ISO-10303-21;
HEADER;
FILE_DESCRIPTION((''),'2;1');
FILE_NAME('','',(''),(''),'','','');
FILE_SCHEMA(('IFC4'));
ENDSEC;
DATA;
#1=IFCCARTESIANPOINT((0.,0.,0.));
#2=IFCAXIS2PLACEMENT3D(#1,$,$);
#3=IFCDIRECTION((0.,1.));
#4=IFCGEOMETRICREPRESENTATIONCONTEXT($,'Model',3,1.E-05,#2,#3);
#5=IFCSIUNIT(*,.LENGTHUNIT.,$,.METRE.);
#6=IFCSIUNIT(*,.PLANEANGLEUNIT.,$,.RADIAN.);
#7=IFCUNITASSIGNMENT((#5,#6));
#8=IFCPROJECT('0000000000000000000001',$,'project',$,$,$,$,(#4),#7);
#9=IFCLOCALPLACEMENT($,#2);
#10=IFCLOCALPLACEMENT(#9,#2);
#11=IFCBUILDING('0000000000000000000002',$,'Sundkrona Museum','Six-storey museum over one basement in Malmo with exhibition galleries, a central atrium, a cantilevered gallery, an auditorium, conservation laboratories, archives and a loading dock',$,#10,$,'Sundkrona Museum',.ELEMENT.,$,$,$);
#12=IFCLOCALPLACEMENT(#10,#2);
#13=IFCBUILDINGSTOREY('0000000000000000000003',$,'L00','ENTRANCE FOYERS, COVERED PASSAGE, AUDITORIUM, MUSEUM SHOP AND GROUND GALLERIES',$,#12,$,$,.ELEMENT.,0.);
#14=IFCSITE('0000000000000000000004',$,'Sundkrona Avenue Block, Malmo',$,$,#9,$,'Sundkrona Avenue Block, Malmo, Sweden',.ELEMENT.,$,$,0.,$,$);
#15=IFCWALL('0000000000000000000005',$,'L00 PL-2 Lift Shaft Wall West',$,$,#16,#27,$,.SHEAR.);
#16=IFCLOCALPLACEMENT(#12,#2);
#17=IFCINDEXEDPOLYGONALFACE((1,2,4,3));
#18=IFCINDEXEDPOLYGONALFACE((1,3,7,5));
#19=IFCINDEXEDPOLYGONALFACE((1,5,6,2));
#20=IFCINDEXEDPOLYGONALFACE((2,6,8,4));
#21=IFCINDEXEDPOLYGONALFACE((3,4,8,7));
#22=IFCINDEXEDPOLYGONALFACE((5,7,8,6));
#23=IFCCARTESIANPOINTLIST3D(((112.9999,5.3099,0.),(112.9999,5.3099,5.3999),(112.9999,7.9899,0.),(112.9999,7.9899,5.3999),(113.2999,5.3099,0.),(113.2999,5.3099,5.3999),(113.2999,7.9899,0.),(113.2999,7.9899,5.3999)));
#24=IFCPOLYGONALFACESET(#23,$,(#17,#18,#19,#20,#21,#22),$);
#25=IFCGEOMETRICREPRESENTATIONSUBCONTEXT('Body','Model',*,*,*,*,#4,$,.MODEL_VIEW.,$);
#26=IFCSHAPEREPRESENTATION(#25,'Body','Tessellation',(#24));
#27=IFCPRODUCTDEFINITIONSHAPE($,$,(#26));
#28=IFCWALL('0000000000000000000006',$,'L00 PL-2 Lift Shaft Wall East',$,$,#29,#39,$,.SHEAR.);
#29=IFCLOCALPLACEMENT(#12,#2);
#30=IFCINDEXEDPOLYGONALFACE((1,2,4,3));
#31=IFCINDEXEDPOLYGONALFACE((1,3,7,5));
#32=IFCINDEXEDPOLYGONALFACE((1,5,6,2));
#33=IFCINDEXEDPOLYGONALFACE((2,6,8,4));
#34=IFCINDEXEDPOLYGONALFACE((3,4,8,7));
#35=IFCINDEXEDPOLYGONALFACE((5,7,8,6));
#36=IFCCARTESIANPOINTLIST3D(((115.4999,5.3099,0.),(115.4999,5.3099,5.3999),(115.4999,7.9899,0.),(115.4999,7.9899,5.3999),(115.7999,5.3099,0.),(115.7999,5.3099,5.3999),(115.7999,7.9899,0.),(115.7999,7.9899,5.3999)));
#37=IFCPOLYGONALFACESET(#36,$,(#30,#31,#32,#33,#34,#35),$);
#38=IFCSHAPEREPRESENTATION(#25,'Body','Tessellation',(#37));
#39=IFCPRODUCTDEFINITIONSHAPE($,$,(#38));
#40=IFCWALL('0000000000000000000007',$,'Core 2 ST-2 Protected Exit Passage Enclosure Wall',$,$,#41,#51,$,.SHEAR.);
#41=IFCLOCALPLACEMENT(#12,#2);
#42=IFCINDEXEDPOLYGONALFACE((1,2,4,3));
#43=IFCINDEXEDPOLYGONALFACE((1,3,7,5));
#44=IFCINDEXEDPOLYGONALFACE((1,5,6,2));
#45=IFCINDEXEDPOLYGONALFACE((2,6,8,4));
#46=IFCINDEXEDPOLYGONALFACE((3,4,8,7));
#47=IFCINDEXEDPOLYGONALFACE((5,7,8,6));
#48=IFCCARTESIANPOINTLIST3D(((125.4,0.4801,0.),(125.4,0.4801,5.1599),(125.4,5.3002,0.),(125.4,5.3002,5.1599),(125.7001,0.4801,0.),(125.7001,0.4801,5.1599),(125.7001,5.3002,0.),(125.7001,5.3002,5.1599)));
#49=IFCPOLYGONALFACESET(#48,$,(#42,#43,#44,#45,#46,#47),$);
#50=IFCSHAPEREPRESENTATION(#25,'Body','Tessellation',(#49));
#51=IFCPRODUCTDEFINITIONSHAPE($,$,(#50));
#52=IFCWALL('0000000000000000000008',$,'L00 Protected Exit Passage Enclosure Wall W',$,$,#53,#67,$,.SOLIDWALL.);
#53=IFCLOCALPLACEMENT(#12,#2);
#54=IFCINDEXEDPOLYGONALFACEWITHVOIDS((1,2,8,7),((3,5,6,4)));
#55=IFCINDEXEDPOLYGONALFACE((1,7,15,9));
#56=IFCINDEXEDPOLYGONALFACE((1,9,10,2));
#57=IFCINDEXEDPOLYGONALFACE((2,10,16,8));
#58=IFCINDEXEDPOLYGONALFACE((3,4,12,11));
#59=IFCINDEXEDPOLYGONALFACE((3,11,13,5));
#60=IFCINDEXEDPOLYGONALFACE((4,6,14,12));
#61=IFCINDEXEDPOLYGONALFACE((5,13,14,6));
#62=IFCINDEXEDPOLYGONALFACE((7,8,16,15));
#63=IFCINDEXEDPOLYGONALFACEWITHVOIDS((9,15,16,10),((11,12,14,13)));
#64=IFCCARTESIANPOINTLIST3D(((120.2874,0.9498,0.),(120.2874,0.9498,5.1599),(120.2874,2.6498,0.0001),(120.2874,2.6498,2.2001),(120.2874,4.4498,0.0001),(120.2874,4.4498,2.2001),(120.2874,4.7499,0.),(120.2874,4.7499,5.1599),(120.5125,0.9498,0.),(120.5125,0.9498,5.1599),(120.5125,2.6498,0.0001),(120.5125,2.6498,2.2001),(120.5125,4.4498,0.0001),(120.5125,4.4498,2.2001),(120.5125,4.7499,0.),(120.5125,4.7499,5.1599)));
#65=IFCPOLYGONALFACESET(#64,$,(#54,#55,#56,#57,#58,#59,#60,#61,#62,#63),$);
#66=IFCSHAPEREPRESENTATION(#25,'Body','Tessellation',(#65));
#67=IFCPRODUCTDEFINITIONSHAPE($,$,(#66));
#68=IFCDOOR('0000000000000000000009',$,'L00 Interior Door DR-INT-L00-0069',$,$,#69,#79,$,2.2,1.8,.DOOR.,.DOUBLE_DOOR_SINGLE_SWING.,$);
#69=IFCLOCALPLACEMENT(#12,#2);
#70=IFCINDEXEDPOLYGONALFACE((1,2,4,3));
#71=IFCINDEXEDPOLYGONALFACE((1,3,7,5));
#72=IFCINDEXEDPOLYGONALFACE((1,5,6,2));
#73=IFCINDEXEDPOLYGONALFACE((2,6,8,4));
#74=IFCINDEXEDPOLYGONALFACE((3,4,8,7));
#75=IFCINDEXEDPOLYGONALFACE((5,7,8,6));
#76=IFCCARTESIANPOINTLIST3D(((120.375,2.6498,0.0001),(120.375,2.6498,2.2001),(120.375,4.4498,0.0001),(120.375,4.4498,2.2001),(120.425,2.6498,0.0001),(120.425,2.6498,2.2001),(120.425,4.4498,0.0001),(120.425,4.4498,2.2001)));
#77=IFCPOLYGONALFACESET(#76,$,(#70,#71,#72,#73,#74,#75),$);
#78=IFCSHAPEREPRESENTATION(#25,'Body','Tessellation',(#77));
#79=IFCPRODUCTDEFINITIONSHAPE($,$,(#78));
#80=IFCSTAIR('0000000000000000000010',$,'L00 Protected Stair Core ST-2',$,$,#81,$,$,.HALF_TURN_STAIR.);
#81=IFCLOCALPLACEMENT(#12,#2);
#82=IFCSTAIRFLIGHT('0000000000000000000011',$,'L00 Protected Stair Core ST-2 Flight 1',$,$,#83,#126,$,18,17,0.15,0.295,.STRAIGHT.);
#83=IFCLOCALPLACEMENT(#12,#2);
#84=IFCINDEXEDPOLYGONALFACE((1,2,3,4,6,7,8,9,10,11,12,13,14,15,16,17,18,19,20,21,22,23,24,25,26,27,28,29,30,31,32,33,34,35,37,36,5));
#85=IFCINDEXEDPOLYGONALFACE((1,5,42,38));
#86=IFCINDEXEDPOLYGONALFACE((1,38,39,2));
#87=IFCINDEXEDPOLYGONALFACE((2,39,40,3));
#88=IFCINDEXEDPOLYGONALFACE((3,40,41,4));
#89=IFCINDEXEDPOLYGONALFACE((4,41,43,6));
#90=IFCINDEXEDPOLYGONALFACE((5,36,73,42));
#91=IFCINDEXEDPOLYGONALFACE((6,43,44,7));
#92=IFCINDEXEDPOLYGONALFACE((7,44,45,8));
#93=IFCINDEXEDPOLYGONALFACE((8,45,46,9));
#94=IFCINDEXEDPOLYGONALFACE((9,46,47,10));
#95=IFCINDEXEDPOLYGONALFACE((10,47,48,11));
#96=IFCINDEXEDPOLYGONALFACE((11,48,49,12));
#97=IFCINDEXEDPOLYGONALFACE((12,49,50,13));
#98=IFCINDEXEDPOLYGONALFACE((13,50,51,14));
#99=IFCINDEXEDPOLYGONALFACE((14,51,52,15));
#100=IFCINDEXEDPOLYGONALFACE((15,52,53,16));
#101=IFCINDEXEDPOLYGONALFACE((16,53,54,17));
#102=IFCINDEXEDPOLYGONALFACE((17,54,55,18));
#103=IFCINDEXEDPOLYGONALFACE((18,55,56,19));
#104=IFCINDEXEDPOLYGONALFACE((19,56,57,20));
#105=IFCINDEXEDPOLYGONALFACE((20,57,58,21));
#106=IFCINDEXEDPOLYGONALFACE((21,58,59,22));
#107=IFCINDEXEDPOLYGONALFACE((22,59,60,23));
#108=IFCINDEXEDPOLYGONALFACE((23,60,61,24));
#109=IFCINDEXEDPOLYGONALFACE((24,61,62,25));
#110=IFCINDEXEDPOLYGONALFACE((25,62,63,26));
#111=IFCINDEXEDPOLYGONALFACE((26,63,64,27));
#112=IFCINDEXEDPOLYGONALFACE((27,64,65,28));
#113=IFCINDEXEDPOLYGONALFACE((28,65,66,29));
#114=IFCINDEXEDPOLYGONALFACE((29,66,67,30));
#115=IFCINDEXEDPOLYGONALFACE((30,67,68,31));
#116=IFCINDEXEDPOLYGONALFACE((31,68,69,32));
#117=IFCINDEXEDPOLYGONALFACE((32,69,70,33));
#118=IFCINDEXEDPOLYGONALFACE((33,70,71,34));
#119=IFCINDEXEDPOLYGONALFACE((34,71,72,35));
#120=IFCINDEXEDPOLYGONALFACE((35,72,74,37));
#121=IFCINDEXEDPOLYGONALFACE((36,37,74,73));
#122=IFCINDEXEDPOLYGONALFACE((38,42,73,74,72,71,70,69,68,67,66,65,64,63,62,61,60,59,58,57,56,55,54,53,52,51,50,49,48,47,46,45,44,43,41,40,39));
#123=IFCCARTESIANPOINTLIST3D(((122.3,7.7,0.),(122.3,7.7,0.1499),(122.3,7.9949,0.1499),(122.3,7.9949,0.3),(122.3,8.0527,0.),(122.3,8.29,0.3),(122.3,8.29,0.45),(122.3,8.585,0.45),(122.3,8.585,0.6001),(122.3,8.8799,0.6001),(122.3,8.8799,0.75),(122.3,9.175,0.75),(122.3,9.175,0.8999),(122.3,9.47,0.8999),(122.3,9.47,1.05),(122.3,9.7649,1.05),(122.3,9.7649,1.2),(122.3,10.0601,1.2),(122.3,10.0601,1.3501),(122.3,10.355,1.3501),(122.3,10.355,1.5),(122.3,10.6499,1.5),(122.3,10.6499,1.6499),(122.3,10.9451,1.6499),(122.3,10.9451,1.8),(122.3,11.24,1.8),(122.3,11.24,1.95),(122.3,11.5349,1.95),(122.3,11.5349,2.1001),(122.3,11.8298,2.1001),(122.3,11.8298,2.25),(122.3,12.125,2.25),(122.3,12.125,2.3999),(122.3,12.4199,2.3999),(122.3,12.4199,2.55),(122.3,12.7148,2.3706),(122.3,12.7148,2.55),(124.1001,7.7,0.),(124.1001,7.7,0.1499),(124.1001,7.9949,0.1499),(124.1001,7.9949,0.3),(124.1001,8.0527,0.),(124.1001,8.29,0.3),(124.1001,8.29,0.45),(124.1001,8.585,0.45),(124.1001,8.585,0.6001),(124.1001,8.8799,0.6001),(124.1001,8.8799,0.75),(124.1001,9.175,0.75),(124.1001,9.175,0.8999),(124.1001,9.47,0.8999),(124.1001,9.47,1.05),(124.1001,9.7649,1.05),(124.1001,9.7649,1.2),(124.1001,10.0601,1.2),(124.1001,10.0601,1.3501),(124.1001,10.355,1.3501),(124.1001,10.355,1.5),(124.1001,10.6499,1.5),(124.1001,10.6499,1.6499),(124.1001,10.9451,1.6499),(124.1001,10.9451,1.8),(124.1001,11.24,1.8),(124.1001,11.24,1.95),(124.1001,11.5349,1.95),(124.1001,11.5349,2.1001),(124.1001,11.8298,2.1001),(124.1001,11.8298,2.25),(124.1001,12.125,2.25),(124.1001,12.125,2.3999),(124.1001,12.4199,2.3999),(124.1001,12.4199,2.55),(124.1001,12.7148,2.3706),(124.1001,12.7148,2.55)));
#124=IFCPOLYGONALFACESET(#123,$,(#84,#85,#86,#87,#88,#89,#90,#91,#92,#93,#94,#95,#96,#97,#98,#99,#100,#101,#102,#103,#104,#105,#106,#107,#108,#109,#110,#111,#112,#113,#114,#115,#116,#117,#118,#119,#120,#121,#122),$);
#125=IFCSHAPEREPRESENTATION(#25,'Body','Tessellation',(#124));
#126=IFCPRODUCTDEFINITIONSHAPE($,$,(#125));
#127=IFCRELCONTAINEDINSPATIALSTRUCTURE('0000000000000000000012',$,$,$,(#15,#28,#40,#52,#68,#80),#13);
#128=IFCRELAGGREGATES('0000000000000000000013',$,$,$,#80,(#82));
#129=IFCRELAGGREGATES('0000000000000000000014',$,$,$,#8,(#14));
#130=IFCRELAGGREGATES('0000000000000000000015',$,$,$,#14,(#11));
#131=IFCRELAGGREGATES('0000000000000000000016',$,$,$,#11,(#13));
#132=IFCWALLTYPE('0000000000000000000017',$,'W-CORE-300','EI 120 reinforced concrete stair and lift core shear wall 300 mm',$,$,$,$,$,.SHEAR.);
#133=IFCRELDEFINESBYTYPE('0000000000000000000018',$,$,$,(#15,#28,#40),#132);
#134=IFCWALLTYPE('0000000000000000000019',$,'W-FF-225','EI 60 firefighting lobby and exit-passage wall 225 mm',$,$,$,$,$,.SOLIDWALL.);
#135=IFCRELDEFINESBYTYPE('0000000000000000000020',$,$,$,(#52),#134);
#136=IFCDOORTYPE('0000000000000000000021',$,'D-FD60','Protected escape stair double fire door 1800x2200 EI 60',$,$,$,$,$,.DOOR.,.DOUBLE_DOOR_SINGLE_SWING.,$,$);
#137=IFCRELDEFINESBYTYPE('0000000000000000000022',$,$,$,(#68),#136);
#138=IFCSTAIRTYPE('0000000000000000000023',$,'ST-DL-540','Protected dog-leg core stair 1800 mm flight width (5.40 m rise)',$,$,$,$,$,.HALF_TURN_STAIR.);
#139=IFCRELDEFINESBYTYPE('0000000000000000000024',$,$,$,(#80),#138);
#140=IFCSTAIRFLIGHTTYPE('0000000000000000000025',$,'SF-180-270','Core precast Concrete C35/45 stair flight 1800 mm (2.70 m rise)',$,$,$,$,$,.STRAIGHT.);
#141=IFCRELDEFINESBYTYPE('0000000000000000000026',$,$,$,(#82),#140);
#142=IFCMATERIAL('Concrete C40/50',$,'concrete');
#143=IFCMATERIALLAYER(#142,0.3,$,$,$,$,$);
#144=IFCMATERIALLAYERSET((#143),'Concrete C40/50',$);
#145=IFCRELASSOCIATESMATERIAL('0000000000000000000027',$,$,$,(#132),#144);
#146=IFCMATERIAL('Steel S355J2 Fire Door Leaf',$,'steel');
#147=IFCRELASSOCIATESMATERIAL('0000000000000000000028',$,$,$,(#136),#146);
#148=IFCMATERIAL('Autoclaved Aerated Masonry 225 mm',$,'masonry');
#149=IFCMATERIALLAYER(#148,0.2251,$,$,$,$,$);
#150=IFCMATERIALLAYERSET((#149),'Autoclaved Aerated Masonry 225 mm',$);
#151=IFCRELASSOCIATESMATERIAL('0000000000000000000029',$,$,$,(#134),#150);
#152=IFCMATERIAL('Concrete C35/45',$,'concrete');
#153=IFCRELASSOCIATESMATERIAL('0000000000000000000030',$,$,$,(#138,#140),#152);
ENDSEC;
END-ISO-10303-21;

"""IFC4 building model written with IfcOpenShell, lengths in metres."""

from ifc_helpers import new_model, si_unit, direction, frame, frame_2d, origin, place, context, subcontext, project, spatial, polyline, rectangle, outline, extrude, material, layer, layer_set, type_object, element, fill, aggregate, save


model = new_model("IFC4")

# Units and contexts
model_context = context("Model", 3, precision=1e-05, world=origin(), true_north=direction((0.0, 1.0)))
body_context = subcontext(model_context, "Body", "Model", "MODEL_VIEW")
ifc_project = project(units=[si_unit("LENGTHUNIT", "METRE"), si_unit("PLANEANGLEUNIT", "RADIAN")], contexts=[model_context])

# Site, building, storey
site_placement = place(None, origin())
site = spatial("IfcSite", under=ifc_project, at=site_placement, Name="Sundkrona Avenue Block, Malmo", LongName="Sundkrona Avenue Block, Malmo, Sweden", CompositionType="ELEMENT", RefElevation=0.0)
building_placement = place(site_placement, origin())
building = spatial("IfcBuilding", under=site, at=building_placement, Name="Sundkrona Museum", Description="Six-storey museum over one basement in Malmo with exhibition galleries, a central atrium, a cantilevered gallery, an auditorium, conservation laboratories, archives and a loading dock", LongName="Sundkrona Museum", CompositionType="ELEMENT")
storey_placement = place(building_placement, origin())
storey = spatial("IfcBuildingStorey", under=building, at=storey_placement, Name="L00", Description="ENTRANCE FOYERS, COVERED PASSAGE, AUDITORIUM, MUSEUM SHOP AND GROUND GALLERIES", CompositionType="ELEMENT", Elevation=0.0)

# Shared definitions
ifc_material_1 = material(Name="Concrete C40/50", Category="concrete")
ifc_layer_1 = layer(ifc_material_1, 0.3)
ifc_layer_set_1 = layer_set([ifc_layer_1], Name="Concrete C40/50")
wall_type_1 = type_object("IfcWallType", Name="W-CORE-300", Description="EI 120 reinforced concrete stair and lift core shear wall 300 mm", PredefinedType="SHEAR", material=ifc_layer_set_1)
ifc_material_2 = material(Name="Steel S355J2 Fire Door Leaf", Category="steel")
door_type = type_object("IfcDoorType", Name="D-FD60", Description="Protected escape stair double fire door 1800x2200 EI 60", OperationType="DOUBLE_DOOR_SINGLE_SWING", PredefinedType="DOOR", material=ifc_material_2)

# Walls
for number, where, z_axis, x_axis, name in (
    (1, (113.1499, 5.3101, 0.0), (0.0, 0.0, 1.0), (0.0, 1.0, 0.0), "L00 PL-2 Lift Shaft Wall West"),
    (2, (115.6499, 5.3101, 0.0), (0.0, 0.0, 1.0), (0.0, 1.0, 0.0), "L00 PL-2 Lift Shaft Wall East"),
):
    element("IfcWall", number, at=place(storey_placement, frame(where, z_axis=z_axis, x_axis=x_axis)), inside=storey, type_object=wall_type_1, Name=name, PredefinedType="SHEAR", context=body_context, shape_type="SweptSolid", body=[
        extrude(rectangle(XDim=2.6799, YDim=0.3, at=frame_2d((1.3398, 0.0))), origin(), (0.0, 0.0, 1.0), 5.3999),
    ])
wall_1_placement = place(storey_placement, frame((125.55, 0.48, 0.0), z_axis=(0.0, 0.0, 1.0), x_axis=(0.0, 1.0, 0.0)))
element("IfcWall", 3, at=wall_1_placement, inside=storey, type_object=wall_type_1, Name="Core 2 ST-2 Protected Exit Passage Enclosure Wall", PredefinedType="SHEAR", context=body_context, shape_type="SweptSolid", body=[
    extrude(rectangle(XDim=4.8201, YDim=0.3, at=frame_2d((2.4102, 0.0))), origin(), (0.0, 0.0, 1.0), 5.1599),
])

# Wall, opening, door
ifc_material_3 = material(Name="Autoclaved Aerated Masonry 225 mm", Category="masonry")
ifc_layer_2 = layer(ifc_material_3, 0.2251)
ifc_layer_set_2 = layer_set([ifc_layer_2], Name="Autoclaved Aerated Masonry 225 mm")
wall_type_2 = type_object("IfcWallType", Name="W-FF-225", Description="EI 60 firefighting lobby and exit-passage wall 225 mm", PredefinedType="SOLIDWALL", material=ifc_layer_set_2)
wall_2_placement = place(storey_placement, frame((120.3999, 0.95, 0.0), z_axis=(0.0, 0.0, 1.0), x_axis=(0.0, 1.0, 0.0)))
wall_2 = element("IfcWall", 4, at=wall_2_placement, inside=storey, type_object=wall_type_2, Name="L00 Protected Exit Passage Enclosure Wall W", PredefinedType="SOLIDWALL", context=body_context, shape_type="SweptSolid", body=[
    extrude(rectangle(XDim=3.8, YDim=0.2251, at=frame_2d((1.8999, 0.0))), origin(), (0.0, 0.0, 1.0), 5.1599),
])
opening_1_placement = place(wall_2_placement, frame((1.7, 0.0, 0.0)))
opening_1 = element("IfcOpeningElement", 5, at=opening_1_placement, cuts=wall_2, PredefinedType="OPENING", context=body_context, shape_type="SweptSolid", body=[
    extrude(rectangle(XDim=1.8, YDim=2.2, at=frame_2d((0.8999, 1.1001))), frame((0.0, 0.1226, 0.0), z_axis=(0.0, -1.0, 0.0), x_axis=(1.0, 0.0, 0.0)), (0.0, 0.0, 1.0), 0.2451),
])
door_1_placement = place(opening_1_placement, origin())
door_1 = element("IfcDoor", 6, at=door_1_placement, inside=storey, type_object=door_type, Name="L00 Interior Door DR-INT-L00-0069", OperationType="DOUBLE_DOOR_SINGLE_SWING", OverallHeight=2.2, OverallWidth=1.8, PredefinedType="DOOR", context=body_context, shape_type="SweptSolid", body=[
    extrude(rectangle(XDim=1.8, YDim=2.2, at=frame_2d((0.8999, 1.1001))), frame((0.0, 0.0249, 0.0), z_axis=(0.0, -1.0, 0.0), x_axis=(1.0, 0.0, 0.0)), (0.0, 0.0, 1.0), 0.05),
])
fill(opening_1, door_1)

# Stair, stair flight
ifc_material_4 = material(Name="Concrete C35/45", Category="concrete")
stair_type = type_object("IfcStairType", Name="ST-DL-540", Description="Protected dog-leg core stair 1800 mm flight width (5.40 m rise)", PredefinedType="HALF_TURN_STAIR", material=ifc_material_4)
stair_placement = place(storey_placement, origin())
stair = element("IfcStair", 7, at=stair_placement, inside=storey, type_object=stair_type, Name="L00 Protected Stair Core ST-2", PredefinedType="HALF_TURN_STAIR")
stair_flight_type = type_object("IfcStairFlightType", Name="SF-180-270", Description="Core precast Concrete C35/45 stair flight 1800 mm (2.70 m rise)", PredefinedType="STRAIGHT", material=ifc_material_4)
stair_flight_placement = place(storey_placement, frame((123.2, 7.7, 0.0), z_axis=(0.0, 0.0, 1.0), x_axis=(0.0, 1.0, 0.0)))
stair_flight = element("IfcStairFlight", 8, at=stair_flight_placement, type_object=stair_flight_type, Name="L00 Protected Stair Core ST-2 Flight 1", NumberOfRisers=18, NumberOfTreads=17, PredefinedType="STRAIGHT", RiserHeight=0.15, TreadLength=0.295, context=body_context, shape_type="SweptSolid", body=[
    extrude(outline(polyline([(0.0, 0.0), (0.0, 0.1499), (0.2949, 0.1499), (0.2949, 0.3), (0.5901, 0.3), (0.5901, 0.45), (0.885, 0.45), (0.885, 0.6001), (1.1799, 0.6001), (1.1799, 0.75), (1.4751, 0.75), (1.4751, 0.8999), (1.77, 0.8999), (1.77, 1.05), (2.0649, 1.05), (2.0649, 1.2), (2.3601, 1.2), (2.3601, 1.3501), (2.655, 1.3501), (2.655, 1.5), (2.95, 1.5), (2.95, 1.6499), (3.2451, 1.6499), (3.2451, 1.8), (3.54, 1.8), (3.54, 1.95), (3.835, 1.95), (3.835, 2.1001), (4.1299, 2.1001), (4.1299, 2.25), (4.425, 2.25), (4.425, 2.3999), (4.72, 2.3999), (4.72, 2.55), (5.0149, 2.55), (5.0149, 2.7), (5.0149, 2.3706), (0.3528, 0.0), (0.0, 0.0)])), frame((0.0, 0.8999, 0.0), z_axis=(0.0, -1.0, 0.0), x_axis=(1.0, 0.0, 0.0)), (0.0, 0.0, 1.0), 1.8),
])
aggregate(stair, [stair_flight])

save(model, "model.ifc")
